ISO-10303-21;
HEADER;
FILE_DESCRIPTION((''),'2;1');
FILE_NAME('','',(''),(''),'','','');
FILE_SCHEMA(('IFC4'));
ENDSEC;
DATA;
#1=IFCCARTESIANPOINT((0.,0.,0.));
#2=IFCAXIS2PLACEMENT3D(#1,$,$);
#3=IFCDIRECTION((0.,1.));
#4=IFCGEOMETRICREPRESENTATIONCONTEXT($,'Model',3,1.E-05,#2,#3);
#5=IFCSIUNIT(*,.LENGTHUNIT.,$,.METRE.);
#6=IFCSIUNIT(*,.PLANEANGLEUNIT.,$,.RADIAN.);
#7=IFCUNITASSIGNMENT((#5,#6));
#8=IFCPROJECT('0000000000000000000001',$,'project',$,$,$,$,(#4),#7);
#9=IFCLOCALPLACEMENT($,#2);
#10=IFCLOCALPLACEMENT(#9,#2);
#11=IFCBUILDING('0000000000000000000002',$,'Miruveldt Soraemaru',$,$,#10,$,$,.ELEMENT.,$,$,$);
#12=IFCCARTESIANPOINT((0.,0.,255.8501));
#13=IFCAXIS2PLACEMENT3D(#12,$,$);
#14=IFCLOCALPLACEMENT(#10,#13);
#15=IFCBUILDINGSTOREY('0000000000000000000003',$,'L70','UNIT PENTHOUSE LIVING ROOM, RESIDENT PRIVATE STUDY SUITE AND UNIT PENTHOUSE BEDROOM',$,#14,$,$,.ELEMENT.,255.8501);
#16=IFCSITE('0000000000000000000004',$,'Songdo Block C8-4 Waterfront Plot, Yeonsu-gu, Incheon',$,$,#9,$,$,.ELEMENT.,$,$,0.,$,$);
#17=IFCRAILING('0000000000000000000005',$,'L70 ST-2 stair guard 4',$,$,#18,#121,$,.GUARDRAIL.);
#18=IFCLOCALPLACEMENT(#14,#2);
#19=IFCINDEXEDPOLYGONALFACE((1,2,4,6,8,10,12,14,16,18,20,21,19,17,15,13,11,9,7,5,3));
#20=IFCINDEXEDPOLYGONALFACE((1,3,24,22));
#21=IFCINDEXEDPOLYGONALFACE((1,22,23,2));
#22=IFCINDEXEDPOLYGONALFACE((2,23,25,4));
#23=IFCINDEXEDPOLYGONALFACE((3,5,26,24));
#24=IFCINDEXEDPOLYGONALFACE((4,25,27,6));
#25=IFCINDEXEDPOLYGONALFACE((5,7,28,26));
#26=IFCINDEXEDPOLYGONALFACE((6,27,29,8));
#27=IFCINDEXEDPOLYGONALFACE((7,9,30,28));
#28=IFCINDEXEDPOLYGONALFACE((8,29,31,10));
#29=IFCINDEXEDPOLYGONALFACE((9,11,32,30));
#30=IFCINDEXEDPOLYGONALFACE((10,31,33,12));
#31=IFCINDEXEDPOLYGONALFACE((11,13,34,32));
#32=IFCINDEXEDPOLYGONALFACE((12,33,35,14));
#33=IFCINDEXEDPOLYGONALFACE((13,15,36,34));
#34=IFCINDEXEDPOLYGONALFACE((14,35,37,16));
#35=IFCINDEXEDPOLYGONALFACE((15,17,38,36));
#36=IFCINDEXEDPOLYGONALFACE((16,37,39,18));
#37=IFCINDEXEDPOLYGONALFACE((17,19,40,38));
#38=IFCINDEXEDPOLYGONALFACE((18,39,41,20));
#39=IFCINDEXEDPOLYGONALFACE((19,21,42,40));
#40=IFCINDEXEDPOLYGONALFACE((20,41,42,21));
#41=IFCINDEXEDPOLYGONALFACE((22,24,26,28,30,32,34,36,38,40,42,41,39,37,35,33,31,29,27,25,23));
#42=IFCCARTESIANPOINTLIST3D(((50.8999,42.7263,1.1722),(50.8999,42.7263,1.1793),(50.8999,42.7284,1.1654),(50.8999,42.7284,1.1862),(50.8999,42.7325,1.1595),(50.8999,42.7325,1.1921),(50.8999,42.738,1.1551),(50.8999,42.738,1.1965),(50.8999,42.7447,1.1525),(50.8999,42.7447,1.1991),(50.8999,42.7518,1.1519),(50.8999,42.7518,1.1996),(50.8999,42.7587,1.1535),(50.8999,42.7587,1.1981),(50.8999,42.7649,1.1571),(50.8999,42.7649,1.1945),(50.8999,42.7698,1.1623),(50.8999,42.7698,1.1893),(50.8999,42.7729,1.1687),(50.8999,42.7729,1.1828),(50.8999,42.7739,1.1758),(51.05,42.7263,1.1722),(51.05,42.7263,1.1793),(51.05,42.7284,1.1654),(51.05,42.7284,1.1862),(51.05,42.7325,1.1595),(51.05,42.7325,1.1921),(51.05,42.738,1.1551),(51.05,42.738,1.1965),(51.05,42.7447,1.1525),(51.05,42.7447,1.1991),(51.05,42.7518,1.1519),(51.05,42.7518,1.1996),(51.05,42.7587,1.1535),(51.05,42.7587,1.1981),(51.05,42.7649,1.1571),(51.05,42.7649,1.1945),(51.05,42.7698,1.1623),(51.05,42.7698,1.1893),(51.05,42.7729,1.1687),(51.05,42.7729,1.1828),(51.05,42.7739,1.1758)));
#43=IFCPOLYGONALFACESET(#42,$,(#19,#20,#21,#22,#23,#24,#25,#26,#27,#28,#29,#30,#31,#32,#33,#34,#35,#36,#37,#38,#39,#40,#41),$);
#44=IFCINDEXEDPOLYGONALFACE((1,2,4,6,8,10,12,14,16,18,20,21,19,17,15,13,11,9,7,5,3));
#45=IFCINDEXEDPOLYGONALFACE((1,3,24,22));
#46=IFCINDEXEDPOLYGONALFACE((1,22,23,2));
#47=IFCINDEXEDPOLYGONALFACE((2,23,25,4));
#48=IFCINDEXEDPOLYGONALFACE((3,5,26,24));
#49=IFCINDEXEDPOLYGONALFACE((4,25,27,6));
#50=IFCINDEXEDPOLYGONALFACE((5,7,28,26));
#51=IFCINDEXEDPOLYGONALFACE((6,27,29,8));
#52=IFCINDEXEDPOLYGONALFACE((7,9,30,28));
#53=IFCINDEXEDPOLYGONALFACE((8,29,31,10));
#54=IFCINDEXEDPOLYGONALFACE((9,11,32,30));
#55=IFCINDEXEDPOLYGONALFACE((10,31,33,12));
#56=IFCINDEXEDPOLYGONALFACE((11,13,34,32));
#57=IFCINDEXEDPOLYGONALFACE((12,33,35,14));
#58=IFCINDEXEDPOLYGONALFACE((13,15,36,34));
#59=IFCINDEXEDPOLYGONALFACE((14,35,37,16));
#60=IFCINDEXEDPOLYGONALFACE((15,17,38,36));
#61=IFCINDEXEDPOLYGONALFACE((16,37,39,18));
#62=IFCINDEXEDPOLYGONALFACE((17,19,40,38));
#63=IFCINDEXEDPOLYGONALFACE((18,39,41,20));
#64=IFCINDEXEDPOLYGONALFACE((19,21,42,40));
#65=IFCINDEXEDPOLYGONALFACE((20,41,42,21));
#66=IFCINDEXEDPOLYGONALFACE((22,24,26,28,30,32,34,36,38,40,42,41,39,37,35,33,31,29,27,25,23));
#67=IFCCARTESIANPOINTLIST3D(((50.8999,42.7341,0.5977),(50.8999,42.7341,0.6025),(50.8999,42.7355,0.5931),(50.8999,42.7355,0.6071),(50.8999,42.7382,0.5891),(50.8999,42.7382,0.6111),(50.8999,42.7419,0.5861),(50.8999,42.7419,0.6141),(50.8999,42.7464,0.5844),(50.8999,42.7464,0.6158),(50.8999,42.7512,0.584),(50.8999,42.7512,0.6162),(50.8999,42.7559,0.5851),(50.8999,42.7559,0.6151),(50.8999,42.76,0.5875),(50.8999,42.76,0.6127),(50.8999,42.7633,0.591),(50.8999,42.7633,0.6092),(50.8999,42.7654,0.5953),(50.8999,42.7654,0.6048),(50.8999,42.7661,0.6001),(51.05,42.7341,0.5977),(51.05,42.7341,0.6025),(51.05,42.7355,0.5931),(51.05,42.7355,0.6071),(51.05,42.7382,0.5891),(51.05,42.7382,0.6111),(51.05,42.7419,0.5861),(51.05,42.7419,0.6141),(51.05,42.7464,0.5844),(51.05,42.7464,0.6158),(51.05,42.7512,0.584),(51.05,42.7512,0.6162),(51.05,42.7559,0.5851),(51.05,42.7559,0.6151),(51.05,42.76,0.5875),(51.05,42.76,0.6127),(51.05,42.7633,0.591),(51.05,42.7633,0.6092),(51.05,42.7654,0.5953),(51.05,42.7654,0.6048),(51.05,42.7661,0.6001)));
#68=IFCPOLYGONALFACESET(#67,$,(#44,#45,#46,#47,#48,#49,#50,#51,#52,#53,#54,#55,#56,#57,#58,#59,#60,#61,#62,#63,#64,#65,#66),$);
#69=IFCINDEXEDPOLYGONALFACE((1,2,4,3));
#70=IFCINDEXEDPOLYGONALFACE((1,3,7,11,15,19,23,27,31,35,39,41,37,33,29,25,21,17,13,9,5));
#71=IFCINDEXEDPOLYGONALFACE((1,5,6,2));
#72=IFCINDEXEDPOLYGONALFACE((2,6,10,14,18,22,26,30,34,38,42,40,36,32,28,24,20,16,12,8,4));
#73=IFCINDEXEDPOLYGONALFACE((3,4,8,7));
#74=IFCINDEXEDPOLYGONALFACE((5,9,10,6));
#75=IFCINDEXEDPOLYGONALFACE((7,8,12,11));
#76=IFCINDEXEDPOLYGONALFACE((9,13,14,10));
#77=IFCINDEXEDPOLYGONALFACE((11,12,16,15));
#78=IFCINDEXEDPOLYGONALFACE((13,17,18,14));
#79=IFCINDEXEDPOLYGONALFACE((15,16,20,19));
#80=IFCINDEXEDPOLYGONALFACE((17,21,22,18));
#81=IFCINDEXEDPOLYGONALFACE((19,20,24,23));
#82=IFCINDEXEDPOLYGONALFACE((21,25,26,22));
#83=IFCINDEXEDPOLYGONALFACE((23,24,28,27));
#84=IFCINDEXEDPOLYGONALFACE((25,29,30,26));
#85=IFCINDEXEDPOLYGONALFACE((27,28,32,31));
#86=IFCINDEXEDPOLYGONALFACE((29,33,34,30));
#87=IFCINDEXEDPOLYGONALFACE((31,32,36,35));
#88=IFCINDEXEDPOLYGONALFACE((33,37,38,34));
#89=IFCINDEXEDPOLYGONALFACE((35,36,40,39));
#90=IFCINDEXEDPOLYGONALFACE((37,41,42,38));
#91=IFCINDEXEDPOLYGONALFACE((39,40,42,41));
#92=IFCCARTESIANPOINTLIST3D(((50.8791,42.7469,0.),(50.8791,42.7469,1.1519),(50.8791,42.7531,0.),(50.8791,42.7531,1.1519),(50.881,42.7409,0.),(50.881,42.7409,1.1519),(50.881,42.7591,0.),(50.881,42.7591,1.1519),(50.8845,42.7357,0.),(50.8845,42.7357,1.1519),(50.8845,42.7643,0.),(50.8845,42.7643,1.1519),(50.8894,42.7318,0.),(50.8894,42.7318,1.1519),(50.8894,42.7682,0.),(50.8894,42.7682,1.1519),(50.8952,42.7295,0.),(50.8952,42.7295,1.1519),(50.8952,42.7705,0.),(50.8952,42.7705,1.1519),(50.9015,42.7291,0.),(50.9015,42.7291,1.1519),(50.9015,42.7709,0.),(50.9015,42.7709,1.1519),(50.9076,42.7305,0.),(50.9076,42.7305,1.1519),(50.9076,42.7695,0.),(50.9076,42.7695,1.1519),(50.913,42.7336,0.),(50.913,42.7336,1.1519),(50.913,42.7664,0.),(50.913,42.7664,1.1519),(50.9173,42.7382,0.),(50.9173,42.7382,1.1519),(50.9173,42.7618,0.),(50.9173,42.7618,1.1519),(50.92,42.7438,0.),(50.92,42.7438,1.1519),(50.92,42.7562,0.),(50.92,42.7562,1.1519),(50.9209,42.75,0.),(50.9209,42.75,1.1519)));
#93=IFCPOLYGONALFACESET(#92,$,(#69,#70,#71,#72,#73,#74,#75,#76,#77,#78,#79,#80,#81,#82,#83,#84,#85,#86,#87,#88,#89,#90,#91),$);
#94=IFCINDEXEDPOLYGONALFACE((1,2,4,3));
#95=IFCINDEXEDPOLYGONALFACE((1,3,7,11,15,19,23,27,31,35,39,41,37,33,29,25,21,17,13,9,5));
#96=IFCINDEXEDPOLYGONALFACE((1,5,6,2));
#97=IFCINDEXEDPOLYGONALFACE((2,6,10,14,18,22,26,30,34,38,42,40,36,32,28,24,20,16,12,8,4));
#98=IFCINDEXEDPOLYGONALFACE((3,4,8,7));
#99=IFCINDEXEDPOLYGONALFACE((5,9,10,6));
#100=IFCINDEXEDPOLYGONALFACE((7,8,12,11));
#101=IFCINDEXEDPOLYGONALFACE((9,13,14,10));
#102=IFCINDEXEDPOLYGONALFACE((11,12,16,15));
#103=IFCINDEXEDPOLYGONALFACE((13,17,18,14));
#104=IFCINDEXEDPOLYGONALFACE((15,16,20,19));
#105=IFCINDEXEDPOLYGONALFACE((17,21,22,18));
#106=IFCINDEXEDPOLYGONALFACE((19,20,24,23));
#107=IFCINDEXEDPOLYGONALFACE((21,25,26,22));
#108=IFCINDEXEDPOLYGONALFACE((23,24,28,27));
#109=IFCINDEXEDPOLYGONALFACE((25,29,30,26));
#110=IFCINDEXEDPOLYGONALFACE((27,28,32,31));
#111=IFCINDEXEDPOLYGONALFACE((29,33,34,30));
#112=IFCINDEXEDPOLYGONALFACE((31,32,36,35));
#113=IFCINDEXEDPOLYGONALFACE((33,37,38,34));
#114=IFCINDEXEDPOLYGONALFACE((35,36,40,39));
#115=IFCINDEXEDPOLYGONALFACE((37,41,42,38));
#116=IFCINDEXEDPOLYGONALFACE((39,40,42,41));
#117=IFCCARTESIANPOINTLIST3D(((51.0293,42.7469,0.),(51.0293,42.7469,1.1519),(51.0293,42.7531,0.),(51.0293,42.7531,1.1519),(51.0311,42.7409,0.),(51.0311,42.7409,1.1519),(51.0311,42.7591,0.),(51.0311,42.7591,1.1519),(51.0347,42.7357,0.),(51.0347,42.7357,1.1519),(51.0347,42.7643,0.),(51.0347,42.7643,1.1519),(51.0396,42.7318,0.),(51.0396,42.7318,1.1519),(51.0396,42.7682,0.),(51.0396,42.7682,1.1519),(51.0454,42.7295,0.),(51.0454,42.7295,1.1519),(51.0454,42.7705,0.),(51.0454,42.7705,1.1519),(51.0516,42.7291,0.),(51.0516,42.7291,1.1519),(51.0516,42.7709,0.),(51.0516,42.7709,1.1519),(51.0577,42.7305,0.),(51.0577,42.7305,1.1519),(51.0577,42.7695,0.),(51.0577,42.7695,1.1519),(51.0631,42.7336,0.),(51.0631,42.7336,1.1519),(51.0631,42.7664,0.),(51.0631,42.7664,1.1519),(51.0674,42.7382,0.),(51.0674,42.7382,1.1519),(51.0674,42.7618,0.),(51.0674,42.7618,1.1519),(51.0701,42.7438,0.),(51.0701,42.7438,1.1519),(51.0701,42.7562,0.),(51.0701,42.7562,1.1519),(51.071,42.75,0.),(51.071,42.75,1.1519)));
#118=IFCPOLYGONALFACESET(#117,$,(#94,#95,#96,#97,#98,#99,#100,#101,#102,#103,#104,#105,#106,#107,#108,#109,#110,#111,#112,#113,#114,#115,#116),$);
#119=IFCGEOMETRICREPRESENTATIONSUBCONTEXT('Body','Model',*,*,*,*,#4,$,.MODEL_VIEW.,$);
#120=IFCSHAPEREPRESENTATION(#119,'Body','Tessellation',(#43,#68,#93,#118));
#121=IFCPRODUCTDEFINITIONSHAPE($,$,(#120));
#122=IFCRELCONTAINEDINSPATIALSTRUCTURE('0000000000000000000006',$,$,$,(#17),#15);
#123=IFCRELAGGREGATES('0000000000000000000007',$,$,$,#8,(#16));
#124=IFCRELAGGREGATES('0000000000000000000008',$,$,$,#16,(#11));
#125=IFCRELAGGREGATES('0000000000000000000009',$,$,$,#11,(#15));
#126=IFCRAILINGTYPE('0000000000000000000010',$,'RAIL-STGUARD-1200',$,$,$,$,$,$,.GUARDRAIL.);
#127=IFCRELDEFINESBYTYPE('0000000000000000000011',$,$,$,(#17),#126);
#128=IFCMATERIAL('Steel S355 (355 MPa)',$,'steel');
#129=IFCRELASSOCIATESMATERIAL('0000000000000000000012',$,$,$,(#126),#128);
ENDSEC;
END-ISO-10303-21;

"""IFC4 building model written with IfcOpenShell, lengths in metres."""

from ifc_helpers import new_model, si_unit, direction, frame, origin, origin_2d, place, context, subcontext, project, spatial, circle, extrude, material, type_object, element, save


model = new_model("IFC4")

# Units and contexts
model_context = context("Model", 3, precision=1e-05, world=origin(), true_north=direction((0.0, 1.0)))
body_context = subcontext(model_context, "Body", "Model", "MODEL_VIEW")
ifc_project = project(units=[si_unit("LENGTHUNIT", "METRE"), si_unit("PLANEANGLEUNIT", "RADIAN")], contexts=[model_context])

# Site, building, storey
site_placement = place(None, origin())
site = spatial("IfcSite", under=ifc_project, at=site_placement, Name="Songdo Block C8-4 Waterfront Plot, Yeonsu-gu, Incheon", CompositionType="ELEMENT", RefElevation=0.0)
building_placement = place(site_placement, origin())
building = spatial("IfcBuilding", under=site, at=building_placement, Name="Miruveldt Soraemaru", CompositionType="ELEMENT")
storey_placement = place(building_placement, frame((0.0, 0.0, 255.8501)))
storey = spatial("IfcBuildingStorey", under=building, at=storey_placement, Name="L70", Description="UNIT PENTHOUSE LIVING ROOM, RESIDENT PRIVATE STUDY SUITE AND UNIT PENTHOUSE BEDROOM", CompositionType="ELEMENT", Elevation=255.8501)

# Railing
ifc_material_1 = material(Name="Steel S355 (355 MPa)", Category="steel")
railing_type_1 = type_object("IfcRailingType", Name="RAIL-STGUARD-1200", PredefinedType="GUARDRAIL", material=ifc_material_1)
railing_1_placement = place(storey_placement, frame((50.8999, 42.75, 0.0)))
element("IfcRailing", 1, at=railing_1_placement, inside=storey, type_object=railing_type_1, Name="L70 ST-2 stair guard 4", PredefinedType="GUARDRAIL", context=body_context, shape_type="SweptSolid", body=[
    extrude(circle(Radius=0.0239, at=origin_2d()), frame((0.0, 0.0, 1.1758), z_axis=(1.0, 0.0, 0.0), x_axis=(0.0, 1.0, 0.0)), (0.0, 0.0, 1.0), 0.1501),
    extrude(circle(Radius=0.0161, at=origin_2d()), frame((0.0, 0.0, 0.6001), z_axis=(1.0, 0.0, 0.0), x_axis=(0.0, 1.0, 0.0)), (0.0, 0.0, 1.0), 0.1501),
    extrude(circle(Radius=0.021, at=origin_2d()), origin(), (0.0, 0.0, 1.0), 1.1519),
    extrude(circle(Radius=0.021, at=origin_2d()), frame((0.1501, 0.0, 0.0)), (0.0, 0.0, 1.0), 1.1519),
])

save(model, "model.ifc")
